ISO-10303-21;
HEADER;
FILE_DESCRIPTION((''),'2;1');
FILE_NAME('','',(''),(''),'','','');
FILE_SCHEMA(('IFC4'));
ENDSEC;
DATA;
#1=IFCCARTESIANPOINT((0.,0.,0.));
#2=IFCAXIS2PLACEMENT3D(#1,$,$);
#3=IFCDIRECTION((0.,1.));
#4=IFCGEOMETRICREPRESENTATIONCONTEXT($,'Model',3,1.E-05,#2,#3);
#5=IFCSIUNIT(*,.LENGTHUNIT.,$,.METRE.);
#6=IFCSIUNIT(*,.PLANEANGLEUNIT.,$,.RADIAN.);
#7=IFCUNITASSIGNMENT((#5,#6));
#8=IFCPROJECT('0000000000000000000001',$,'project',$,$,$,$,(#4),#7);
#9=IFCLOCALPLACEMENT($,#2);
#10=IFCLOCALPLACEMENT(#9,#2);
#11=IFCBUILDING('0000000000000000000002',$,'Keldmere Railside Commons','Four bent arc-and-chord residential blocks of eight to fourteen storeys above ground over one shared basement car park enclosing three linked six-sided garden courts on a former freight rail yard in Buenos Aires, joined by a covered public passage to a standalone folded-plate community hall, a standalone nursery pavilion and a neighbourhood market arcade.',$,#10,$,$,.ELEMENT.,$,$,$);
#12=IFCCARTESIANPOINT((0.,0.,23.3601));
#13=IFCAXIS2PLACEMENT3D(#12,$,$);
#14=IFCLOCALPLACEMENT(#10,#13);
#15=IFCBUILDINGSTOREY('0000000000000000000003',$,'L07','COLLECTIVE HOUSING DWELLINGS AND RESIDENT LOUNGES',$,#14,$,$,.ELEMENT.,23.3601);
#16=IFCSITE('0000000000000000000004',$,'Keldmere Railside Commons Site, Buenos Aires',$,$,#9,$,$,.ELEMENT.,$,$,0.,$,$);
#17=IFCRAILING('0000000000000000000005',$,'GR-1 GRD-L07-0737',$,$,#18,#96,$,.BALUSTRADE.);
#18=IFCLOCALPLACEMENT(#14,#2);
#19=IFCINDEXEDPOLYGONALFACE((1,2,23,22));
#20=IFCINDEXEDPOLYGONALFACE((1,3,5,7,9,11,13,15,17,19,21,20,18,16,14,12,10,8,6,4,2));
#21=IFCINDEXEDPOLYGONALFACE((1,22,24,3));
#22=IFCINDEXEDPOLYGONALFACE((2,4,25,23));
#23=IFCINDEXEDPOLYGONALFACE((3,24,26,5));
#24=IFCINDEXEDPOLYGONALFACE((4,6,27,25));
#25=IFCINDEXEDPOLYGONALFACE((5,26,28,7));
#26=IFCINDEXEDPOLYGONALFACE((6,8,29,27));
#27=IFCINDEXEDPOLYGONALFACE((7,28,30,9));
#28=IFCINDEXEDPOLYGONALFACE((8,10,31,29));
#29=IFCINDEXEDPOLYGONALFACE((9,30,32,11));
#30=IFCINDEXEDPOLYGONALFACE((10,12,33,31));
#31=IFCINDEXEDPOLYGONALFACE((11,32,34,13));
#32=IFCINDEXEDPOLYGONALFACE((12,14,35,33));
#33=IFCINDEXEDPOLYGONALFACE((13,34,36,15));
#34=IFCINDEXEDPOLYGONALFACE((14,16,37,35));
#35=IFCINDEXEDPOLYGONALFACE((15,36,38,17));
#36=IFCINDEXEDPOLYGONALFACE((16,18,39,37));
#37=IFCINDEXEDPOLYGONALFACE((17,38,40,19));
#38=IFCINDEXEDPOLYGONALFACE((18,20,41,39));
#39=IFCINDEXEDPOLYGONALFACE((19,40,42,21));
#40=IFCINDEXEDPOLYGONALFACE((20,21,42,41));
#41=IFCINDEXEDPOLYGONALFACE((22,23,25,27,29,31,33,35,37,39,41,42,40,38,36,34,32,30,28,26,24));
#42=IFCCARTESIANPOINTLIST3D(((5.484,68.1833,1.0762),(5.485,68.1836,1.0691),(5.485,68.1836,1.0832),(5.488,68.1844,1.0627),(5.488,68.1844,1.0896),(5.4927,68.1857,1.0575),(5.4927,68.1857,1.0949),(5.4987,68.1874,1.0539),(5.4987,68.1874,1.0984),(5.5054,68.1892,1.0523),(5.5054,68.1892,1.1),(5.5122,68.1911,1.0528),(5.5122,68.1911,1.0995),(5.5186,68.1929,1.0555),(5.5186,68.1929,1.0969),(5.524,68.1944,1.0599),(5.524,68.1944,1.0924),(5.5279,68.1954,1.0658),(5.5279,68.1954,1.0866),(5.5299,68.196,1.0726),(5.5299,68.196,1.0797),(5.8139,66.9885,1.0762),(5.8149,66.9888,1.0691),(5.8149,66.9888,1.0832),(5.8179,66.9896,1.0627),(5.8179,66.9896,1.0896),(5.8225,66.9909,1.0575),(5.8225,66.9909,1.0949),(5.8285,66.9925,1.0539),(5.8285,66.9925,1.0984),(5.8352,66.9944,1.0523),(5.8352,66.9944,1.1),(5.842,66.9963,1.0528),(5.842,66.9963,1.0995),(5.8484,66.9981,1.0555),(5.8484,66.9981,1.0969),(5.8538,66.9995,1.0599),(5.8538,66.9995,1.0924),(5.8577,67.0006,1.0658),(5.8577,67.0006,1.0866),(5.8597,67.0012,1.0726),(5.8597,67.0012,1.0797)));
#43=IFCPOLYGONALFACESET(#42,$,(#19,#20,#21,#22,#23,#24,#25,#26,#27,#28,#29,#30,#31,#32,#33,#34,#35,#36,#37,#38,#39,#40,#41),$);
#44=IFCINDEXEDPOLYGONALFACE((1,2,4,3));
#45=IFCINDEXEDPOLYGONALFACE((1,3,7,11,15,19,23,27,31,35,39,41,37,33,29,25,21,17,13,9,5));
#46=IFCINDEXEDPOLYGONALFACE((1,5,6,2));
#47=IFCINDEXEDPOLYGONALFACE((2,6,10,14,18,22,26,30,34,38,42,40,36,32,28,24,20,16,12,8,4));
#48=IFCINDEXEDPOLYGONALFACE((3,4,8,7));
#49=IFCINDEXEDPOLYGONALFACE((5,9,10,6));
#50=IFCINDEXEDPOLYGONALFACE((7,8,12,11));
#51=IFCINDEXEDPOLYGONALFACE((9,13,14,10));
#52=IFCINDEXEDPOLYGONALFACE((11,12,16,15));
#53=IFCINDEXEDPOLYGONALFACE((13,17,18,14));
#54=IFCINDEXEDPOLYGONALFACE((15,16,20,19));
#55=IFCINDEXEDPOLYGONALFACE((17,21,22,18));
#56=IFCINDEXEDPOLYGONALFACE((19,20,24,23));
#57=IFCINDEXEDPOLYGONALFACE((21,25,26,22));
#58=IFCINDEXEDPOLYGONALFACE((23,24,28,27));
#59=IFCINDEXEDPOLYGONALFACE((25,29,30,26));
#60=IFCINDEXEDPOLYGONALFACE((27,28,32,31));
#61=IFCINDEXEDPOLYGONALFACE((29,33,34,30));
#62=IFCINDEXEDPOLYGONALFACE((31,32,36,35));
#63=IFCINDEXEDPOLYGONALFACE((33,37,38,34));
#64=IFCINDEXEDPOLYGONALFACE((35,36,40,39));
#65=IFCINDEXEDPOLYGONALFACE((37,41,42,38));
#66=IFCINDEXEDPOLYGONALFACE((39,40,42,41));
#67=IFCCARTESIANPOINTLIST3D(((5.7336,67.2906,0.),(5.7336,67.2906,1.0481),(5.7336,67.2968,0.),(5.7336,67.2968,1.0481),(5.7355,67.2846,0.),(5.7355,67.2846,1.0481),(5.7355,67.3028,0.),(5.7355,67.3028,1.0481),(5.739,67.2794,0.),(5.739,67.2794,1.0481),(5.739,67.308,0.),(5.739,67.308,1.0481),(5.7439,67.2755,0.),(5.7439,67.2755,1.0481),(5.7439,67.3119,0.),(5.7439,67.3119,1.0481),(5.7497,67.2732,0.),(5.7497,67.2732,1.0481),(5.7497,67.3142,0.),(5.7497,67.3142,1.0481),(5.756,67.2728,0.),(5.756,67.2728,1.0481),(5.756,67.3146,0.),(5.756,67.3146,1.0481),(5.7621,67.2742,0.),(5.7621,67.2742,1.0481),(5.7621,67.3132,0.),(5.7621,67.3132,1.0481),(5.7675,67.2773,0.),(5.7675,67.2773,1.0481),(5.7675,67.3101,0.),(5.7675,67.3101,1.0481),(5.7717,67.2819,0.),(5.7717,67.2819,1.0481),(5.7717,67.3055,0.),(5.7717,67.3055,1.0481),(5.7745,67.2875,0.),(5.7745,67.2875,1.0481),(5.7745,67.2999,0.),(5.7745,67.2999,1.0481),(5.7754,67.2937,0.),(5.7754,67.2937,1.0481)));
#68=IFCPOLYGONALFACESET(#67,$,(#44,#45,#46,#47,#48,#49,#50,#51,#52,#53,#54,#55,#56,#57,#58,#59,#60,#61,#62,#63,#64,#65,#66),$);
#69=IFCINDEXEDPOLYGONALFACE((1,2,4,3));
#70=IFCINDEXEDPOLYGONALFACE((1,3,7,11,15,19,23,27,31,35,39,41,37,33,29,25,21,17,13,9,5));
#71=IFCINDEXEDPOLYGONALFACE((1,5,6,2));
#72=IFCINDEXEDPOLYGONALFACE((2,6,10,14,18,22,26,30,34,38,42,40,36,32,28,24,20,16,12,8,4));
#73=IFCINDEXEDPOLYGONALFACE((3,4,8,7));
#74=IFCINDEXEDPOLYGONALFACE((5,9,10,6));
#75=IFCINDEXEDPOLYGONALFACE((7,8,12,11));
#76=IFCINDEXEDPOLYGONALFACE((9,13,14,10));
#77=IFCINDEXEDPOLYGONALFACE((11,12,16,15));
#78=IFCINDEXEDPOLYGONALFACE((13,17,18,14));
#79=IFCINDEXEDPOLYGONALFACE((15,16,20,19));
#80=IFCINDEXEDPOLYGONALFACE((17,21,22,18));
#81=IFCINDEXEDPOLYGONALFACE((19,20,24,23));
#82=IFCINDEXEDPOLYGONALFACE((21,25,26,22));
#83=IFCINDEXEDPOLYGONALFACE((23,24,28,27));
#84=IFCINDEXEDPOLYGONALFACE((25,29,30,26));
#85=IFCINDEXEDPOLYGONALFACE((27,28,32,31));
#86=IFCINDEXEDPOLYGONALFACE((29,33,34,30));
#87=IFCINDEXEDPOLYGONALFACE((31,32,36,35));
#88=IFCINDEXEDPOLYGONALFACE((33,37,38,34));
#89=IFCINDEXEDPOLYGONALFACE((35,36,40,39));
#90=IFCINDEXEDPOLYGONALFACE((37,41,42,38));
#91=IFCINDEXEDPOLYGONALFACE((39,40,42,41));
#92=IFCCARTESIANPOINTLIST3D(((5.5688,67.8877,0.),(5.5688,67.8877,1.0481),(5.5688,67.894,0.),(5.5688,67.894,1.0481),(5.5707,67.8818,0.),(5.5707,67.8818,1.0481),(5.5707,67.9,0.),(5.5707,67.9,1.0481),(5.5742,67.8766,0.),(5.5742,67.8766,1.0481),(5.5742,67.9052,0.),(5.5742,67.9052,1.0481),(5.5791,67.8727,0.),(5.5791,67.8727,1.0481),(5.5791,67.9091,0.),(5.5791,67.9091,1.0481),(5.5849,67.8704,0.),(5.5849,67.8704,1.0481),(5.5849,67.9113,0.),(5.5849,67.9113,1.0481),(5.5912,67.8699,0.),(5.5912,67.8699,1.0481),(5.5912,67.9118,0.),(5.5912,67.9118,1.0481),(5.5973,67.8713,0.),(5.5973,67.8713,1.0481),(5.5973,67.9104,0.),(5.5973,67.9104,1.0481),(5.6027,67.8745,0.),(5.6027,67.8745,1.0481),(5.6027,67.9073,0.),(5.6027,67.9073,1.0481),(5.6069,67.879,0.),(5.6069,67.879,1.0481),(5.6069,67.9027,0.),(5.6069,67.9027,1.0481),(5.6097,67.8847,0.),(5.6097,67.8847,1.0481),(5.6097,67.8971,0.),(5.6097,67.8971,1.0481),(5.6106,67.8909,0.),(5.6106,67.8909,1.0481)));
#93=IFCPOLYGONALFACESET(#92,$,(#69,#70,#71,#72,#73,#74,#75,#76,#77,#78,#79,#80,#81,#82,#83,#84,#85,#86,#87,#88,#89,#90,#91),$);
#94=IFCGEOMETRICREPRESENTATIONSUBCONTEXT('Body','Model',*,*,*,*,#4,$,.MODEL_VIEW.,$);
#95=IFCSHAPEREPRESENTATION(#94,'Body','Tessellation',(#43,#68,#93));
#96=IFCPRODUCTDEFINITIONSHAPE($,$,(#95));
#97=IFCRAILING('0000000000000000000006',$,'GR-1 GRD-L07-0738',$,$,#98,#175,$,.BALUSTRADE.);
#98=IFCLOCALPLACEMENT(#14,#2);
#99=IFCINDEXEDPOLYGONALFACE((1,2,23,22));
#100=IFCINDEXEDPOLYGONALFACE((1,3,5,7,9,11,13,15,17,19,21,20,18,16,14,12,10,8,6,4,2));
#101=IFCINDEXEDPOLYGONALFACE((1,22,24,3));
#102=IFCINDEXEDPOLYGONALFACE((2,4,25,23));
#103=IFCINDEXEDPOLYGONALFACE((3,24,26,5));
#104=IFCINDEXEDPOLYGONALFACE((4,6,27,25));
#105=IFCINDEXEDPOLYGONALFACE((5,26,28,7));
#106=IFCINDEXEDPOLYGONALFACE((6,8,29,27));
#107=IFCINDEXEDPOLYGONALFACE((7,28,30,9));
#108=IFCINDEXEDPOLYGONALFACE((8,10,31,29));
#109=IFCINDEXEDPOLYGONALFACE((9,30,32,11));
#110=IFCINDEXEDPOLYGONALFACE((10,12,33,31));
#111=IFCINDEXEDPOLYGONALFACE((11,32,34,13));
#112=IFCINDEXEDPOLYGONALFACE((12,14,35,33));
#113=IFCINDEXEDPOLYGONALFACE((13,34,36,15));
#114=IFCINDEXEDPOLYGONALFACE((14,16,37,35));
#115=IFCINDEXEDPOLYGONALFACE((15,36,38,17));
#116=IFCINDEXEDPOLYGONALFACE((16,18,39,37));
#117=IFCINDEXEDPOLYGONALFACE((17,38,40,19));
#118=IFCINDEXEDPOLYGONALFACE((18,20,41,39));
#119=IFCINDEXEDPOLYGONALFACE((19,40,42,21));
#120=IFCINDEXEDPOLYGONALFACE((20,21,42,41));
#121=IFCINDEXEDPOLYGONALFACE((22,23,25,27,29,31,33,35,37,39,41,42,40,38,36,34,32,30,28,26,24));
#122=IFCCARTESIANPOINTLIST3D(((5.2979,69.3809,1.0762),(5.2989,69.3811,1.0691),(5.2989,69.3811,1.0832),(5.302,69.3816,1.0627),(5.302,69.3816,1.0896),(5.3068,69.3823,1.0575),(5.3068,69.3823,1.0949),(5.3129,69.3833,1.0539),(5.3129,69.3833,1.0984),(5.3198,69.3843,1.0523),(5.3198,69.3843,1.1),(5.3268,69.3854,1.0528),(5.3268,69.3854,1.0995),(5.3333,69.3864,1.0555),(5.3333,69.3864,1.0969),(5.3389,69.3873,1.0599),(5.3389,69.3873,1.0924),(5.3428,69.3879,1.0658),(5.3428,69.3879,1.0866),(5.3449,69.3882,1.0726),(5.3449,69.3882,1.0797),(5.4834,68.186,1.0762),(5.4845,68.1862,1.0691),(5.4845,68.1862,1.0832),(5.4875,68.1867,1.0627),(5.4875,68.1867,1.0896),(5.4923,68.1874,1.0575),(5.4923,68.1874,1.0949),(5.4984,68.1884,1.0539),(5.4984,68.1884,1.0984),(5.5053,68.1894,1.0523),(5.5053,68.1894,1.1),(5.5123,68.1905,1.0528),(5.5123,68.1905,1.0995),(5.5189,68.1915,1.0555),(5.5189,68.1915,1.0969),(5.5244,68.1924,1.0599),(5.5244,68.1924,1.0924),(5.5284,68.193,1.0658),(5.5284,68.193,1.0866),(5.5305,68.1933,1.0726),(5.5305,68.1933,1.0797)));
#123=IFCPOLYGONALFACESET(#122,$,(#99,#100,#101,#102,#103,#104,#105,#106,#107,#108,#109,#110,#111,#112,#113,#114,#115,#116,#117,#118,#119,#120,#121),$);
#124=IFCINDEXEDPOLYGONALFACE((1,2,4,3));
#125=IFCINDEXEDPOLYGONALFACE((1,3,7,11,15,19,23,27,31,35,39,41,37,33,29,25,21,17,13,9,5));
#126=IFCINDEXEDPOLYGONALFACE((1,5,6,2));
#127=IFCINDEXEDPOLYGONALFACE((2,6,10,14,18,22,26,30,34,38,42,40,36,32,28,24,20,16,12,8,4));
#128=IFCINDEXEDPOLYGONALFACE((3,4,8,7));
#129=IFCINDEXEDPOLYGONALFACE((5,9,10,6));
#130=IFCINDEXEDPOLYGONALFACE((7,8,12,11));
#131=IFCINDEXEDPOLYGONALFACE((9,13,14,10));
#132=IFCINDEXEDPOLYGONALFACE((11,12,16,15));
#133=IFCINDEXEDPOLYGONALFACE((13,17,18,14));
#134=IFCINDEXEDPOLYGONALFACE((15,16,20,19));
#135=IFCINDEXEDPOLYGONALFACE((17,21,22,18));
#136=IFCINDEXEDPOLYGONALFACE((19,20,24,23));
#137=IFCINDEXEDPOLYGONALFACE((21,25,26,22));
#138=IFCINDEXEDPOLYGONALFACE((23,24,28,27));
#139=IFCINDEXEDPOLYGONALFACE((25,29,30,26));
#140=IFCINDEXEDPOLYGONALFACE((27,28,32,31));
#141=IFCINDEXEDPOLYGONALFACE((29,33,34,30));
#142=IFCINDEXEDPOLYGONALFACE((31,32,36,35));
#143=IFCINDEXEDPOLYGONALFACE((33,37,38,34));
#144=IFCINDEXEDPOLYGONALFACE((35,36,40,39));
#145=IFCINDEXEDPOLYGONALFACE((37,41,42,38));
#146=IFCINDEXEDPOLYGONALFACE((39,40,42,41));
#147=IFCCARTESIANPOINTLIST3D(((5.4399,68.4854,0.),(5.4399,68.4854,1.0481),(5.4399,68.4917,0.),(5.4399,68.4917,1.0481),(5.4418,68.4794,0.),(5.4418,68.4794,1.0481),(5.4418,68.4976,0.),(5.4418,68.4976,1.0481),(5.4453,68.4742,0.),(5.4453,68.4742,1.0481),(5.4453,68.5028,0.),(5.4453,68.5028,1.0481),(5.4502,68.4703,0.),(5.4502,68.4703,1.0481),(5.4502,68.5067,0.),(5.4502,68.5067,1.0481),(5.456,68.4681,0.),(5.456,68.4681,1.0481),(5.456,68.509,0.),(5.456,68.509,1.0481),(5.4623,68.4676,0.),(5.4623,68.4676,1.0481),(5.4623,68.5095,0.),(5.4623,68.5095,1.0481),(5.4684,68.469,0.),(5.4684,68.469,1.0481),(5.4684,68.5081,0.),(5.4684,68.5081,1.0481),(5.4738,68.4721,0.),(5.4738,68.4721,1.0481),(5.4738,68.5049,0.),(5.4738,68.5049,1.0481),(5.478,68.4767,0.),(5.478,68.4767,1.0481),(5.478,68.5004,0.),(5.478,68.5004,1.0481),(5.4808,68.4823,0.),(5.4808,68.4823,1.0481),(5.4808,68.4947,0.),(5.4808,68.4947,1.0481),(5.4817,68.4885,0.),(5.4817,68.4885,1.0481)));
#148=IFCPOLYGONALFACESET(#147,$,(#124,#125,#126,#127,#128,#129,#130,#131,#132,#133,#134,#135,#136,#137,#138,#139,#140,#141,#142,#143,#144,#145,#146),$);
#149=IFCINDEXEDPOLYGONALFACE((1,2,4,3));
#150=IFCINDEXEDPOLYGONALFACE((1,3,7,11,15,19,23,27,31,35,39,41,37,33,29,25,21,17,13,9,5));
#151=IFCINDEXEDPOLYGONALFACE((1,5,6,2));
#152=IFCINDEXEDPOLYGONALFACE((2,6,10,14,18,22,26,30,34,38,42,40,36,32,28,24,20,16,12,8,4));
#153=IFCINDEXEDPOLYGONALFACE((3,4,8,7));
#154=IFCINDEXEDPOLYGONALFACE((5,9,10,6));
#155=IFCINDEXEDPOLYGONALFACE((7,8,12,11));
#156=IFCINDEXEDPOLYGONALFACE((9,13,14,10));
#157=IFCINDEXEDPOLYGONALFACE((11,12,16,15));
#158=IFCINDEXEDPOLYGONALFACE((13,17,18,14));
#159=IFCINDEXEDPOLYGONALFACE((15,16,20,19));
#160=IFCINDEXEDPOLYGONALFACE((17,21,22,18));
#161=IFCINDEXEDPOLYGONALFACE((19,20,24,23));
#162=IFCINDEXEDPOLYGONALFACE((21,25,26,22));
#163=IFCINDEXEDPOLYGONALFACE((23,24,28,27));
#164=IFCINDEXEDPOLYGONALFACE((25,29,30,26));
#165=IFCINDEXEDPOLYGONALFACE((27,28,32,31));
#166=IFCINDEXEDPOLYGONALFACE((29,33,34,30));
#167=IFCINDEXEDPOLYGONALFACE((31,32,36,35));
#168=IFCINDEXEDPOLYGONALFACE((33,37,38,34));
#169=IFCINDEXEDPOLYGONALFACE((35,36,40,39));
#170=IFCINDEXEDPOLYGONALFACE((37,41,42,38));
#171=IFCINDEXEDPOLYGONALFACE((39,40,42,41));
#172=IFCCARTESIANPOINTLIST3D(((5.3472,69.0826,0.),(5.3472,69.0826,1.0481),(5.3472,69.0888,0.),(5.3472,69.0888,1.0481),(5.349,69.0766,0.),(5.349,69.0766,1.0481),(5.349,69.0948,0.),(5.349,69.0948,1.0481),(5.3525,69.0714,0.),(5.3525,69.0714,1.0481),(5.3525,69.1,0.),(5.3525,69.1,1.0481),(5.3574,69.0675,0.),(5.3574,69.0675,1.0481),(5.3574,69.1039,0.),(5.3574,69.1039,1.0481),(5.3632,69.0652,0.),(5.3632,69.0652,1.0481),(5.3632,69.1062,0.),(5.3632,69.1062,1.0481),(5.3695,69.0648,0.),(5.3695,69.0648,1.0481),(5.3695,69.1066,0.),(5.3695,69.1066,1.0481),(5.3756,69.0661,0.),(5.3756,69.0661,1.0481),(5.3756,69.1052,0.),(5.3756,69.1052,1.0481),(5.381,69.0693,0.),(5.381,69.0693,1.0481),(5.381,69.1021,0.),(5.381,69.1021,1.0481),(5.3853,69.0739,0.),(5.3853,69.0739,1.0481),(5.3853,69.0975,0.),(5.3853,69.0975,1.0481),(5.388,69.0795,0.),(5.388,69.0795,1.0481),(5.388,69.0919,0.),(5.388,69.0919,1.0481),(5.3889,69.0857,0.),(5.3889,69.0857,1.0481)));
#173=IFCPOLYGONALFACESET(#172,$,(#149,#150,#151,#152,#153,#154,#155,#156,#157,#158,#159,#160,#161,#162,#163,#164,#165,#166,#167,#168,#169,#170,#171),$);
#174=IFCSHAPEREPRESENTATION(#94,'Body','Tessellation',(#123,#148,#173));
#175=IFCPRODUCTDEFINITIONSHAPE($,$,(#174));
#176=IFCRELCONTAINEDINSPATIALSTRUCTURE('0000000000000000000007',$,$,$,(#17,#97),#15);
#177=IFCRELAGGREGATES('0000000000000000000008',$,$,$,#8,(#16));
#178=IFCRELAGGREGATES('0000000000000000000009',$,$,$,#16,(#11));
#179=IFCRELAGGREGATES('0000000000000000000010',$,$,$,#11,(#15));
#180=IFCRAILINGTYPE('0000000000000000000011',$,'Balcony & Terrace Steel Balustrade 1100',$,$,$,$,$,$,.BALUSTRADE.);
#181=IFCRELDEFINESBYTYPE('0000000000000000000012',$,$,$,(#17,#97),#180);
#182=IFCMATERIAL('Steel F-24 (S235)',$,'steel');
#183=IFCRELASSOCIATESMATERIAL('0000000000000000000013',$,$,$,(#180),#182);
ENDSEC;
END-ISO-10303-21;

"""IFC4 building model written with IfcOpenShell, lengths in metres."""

from ifc_helpers import new_model, si_unit, direction, frame, origin, origin_2d, place, context, subcontext, project, spatial, circle, extrude, material, type_object, element, save


model = new_model("IFC4")

# Units and contexts
model_context = context("Model", 3, precision=1e-05, world=origin(), true_north=direction((0.0, 1.0)))
body_context = subcontext(model_context, "Body", "Model", "MODEL_VIEW")
ifc_project = project(units=[si_unit("LENGTHUNIT", "METRE"), si_unit("PLANEANGLEUNIT", "RADIAN")], contexts=[model_context])

# Site, building, storey
site_placement = place(None, origin())
site = spatial("IfcSite", under=ifc_project, at=site_placement, Name="Keldmere Railside Commons Site, Buenos Aires", CompositionType="ELEMENT", RefElevation=0.0)
building_placement = place(site_placement, origin())
building = spatial("IfcBuilding", under=site, at=building_placement, Name="Keldmere Railside Commons", Description="Four bent arc-and-chord residential blocks of eight to fourteen storeys above ground over one shared basement car park enclosing three linked six-sided garden courts on a former freight rail yard in Buenos Aires, joined by a covered public passage to a standalone folded-plate community hall, a standalone nursery pavilion and a neighbourhood market arcade.", CompositionType="ELEMENT")
storey_placement = place(building_placement, frame((0.0, 0.0, 23.3601)))
storey = spatial("IfcBuildingStorey", under=building, at=storey_placement, Name="L07", Description="COLLECTIVE HOUSING DWELLINGS AND RESIDENT LOUNGES", CompositionType="ELEMENT", Elevation=23.3601)

# Shared definitions
ifc_material_1 = material(Name="Steel F-24 (S235)", Category="steel")

# Railings
railing_type_1 = type_object("IfcRailingType", Name="Balcony & Terrace Steel Balustrade 1100", PredefinedType="BALUSTRADE", material=ifc_material_1)
railing_1_placement = place(storey_placement, frame((5.8369, 66.9949, 0.0)))
element("IfcRailing", 1, at=railing_1_placement, inside=storey, type_object=railing_type_1, Name="GR-1 GRD-L07-0737", PredefinedType="BALUSTRADE", context=body_context, shape_type="SweptSolid", body=[
    extrude(circle(Radius=0.0239, at=origin_2d()), frame((0.0, 0.0, 1.0762), z_axis=(-0.266099, 0.963946, 0.0), x_axis=(-0.963946, -0.266099, 0.0)), (0.0, 0.0, 1.0), 1.2395),
    extrude(circle(Radius=0.021, at=origin_2d()), frame((-0.0825, 0.2988, 0.0)), (0.0, 0.0, 1.0), 1.0481),
    extrude(circle(Radius=0.021, at=origin_2d()), frame((-0.2473, 0.896, 0.0)), (0.0, 0.0, 1.0), 1.0481),
])
railing_2_placement = place(storey_placement, frame((5.5071, 68.1897, 0.0)))
element("IfcRailing", 2, at=railing_2_placement, inside=storey, type_object=railing_type_1, Name="GR-1 GRD-L07-0738", PredefinedType="BALUSTRADE", context=body_context, shape_type="SweptSolid", body=[
    extrude(circle(Radius=0.0239, at=origin_2d()), frame((0.0, 0.0, 1.0762), z_axis=(-0.153453, 0.988156, 0.0), x_axis=(-0.988156, -0.153453, 0.0)), (0.0, 0.0, 1.0), 1.2092),
    extrude(circle(Radius=0.021, at=origin_2d()), frame((-0.0464, 0.2988, 0.0)), (0.0, 0.0, 1.0), 1.0481),
    extrude(circle(Radius=0.021, at=origin_2d()), frame((-0.1392, 0.896, 0.0)), (0.0, 0.0, 1.0), 1.0481),
])

save(model, "model.ifc")
